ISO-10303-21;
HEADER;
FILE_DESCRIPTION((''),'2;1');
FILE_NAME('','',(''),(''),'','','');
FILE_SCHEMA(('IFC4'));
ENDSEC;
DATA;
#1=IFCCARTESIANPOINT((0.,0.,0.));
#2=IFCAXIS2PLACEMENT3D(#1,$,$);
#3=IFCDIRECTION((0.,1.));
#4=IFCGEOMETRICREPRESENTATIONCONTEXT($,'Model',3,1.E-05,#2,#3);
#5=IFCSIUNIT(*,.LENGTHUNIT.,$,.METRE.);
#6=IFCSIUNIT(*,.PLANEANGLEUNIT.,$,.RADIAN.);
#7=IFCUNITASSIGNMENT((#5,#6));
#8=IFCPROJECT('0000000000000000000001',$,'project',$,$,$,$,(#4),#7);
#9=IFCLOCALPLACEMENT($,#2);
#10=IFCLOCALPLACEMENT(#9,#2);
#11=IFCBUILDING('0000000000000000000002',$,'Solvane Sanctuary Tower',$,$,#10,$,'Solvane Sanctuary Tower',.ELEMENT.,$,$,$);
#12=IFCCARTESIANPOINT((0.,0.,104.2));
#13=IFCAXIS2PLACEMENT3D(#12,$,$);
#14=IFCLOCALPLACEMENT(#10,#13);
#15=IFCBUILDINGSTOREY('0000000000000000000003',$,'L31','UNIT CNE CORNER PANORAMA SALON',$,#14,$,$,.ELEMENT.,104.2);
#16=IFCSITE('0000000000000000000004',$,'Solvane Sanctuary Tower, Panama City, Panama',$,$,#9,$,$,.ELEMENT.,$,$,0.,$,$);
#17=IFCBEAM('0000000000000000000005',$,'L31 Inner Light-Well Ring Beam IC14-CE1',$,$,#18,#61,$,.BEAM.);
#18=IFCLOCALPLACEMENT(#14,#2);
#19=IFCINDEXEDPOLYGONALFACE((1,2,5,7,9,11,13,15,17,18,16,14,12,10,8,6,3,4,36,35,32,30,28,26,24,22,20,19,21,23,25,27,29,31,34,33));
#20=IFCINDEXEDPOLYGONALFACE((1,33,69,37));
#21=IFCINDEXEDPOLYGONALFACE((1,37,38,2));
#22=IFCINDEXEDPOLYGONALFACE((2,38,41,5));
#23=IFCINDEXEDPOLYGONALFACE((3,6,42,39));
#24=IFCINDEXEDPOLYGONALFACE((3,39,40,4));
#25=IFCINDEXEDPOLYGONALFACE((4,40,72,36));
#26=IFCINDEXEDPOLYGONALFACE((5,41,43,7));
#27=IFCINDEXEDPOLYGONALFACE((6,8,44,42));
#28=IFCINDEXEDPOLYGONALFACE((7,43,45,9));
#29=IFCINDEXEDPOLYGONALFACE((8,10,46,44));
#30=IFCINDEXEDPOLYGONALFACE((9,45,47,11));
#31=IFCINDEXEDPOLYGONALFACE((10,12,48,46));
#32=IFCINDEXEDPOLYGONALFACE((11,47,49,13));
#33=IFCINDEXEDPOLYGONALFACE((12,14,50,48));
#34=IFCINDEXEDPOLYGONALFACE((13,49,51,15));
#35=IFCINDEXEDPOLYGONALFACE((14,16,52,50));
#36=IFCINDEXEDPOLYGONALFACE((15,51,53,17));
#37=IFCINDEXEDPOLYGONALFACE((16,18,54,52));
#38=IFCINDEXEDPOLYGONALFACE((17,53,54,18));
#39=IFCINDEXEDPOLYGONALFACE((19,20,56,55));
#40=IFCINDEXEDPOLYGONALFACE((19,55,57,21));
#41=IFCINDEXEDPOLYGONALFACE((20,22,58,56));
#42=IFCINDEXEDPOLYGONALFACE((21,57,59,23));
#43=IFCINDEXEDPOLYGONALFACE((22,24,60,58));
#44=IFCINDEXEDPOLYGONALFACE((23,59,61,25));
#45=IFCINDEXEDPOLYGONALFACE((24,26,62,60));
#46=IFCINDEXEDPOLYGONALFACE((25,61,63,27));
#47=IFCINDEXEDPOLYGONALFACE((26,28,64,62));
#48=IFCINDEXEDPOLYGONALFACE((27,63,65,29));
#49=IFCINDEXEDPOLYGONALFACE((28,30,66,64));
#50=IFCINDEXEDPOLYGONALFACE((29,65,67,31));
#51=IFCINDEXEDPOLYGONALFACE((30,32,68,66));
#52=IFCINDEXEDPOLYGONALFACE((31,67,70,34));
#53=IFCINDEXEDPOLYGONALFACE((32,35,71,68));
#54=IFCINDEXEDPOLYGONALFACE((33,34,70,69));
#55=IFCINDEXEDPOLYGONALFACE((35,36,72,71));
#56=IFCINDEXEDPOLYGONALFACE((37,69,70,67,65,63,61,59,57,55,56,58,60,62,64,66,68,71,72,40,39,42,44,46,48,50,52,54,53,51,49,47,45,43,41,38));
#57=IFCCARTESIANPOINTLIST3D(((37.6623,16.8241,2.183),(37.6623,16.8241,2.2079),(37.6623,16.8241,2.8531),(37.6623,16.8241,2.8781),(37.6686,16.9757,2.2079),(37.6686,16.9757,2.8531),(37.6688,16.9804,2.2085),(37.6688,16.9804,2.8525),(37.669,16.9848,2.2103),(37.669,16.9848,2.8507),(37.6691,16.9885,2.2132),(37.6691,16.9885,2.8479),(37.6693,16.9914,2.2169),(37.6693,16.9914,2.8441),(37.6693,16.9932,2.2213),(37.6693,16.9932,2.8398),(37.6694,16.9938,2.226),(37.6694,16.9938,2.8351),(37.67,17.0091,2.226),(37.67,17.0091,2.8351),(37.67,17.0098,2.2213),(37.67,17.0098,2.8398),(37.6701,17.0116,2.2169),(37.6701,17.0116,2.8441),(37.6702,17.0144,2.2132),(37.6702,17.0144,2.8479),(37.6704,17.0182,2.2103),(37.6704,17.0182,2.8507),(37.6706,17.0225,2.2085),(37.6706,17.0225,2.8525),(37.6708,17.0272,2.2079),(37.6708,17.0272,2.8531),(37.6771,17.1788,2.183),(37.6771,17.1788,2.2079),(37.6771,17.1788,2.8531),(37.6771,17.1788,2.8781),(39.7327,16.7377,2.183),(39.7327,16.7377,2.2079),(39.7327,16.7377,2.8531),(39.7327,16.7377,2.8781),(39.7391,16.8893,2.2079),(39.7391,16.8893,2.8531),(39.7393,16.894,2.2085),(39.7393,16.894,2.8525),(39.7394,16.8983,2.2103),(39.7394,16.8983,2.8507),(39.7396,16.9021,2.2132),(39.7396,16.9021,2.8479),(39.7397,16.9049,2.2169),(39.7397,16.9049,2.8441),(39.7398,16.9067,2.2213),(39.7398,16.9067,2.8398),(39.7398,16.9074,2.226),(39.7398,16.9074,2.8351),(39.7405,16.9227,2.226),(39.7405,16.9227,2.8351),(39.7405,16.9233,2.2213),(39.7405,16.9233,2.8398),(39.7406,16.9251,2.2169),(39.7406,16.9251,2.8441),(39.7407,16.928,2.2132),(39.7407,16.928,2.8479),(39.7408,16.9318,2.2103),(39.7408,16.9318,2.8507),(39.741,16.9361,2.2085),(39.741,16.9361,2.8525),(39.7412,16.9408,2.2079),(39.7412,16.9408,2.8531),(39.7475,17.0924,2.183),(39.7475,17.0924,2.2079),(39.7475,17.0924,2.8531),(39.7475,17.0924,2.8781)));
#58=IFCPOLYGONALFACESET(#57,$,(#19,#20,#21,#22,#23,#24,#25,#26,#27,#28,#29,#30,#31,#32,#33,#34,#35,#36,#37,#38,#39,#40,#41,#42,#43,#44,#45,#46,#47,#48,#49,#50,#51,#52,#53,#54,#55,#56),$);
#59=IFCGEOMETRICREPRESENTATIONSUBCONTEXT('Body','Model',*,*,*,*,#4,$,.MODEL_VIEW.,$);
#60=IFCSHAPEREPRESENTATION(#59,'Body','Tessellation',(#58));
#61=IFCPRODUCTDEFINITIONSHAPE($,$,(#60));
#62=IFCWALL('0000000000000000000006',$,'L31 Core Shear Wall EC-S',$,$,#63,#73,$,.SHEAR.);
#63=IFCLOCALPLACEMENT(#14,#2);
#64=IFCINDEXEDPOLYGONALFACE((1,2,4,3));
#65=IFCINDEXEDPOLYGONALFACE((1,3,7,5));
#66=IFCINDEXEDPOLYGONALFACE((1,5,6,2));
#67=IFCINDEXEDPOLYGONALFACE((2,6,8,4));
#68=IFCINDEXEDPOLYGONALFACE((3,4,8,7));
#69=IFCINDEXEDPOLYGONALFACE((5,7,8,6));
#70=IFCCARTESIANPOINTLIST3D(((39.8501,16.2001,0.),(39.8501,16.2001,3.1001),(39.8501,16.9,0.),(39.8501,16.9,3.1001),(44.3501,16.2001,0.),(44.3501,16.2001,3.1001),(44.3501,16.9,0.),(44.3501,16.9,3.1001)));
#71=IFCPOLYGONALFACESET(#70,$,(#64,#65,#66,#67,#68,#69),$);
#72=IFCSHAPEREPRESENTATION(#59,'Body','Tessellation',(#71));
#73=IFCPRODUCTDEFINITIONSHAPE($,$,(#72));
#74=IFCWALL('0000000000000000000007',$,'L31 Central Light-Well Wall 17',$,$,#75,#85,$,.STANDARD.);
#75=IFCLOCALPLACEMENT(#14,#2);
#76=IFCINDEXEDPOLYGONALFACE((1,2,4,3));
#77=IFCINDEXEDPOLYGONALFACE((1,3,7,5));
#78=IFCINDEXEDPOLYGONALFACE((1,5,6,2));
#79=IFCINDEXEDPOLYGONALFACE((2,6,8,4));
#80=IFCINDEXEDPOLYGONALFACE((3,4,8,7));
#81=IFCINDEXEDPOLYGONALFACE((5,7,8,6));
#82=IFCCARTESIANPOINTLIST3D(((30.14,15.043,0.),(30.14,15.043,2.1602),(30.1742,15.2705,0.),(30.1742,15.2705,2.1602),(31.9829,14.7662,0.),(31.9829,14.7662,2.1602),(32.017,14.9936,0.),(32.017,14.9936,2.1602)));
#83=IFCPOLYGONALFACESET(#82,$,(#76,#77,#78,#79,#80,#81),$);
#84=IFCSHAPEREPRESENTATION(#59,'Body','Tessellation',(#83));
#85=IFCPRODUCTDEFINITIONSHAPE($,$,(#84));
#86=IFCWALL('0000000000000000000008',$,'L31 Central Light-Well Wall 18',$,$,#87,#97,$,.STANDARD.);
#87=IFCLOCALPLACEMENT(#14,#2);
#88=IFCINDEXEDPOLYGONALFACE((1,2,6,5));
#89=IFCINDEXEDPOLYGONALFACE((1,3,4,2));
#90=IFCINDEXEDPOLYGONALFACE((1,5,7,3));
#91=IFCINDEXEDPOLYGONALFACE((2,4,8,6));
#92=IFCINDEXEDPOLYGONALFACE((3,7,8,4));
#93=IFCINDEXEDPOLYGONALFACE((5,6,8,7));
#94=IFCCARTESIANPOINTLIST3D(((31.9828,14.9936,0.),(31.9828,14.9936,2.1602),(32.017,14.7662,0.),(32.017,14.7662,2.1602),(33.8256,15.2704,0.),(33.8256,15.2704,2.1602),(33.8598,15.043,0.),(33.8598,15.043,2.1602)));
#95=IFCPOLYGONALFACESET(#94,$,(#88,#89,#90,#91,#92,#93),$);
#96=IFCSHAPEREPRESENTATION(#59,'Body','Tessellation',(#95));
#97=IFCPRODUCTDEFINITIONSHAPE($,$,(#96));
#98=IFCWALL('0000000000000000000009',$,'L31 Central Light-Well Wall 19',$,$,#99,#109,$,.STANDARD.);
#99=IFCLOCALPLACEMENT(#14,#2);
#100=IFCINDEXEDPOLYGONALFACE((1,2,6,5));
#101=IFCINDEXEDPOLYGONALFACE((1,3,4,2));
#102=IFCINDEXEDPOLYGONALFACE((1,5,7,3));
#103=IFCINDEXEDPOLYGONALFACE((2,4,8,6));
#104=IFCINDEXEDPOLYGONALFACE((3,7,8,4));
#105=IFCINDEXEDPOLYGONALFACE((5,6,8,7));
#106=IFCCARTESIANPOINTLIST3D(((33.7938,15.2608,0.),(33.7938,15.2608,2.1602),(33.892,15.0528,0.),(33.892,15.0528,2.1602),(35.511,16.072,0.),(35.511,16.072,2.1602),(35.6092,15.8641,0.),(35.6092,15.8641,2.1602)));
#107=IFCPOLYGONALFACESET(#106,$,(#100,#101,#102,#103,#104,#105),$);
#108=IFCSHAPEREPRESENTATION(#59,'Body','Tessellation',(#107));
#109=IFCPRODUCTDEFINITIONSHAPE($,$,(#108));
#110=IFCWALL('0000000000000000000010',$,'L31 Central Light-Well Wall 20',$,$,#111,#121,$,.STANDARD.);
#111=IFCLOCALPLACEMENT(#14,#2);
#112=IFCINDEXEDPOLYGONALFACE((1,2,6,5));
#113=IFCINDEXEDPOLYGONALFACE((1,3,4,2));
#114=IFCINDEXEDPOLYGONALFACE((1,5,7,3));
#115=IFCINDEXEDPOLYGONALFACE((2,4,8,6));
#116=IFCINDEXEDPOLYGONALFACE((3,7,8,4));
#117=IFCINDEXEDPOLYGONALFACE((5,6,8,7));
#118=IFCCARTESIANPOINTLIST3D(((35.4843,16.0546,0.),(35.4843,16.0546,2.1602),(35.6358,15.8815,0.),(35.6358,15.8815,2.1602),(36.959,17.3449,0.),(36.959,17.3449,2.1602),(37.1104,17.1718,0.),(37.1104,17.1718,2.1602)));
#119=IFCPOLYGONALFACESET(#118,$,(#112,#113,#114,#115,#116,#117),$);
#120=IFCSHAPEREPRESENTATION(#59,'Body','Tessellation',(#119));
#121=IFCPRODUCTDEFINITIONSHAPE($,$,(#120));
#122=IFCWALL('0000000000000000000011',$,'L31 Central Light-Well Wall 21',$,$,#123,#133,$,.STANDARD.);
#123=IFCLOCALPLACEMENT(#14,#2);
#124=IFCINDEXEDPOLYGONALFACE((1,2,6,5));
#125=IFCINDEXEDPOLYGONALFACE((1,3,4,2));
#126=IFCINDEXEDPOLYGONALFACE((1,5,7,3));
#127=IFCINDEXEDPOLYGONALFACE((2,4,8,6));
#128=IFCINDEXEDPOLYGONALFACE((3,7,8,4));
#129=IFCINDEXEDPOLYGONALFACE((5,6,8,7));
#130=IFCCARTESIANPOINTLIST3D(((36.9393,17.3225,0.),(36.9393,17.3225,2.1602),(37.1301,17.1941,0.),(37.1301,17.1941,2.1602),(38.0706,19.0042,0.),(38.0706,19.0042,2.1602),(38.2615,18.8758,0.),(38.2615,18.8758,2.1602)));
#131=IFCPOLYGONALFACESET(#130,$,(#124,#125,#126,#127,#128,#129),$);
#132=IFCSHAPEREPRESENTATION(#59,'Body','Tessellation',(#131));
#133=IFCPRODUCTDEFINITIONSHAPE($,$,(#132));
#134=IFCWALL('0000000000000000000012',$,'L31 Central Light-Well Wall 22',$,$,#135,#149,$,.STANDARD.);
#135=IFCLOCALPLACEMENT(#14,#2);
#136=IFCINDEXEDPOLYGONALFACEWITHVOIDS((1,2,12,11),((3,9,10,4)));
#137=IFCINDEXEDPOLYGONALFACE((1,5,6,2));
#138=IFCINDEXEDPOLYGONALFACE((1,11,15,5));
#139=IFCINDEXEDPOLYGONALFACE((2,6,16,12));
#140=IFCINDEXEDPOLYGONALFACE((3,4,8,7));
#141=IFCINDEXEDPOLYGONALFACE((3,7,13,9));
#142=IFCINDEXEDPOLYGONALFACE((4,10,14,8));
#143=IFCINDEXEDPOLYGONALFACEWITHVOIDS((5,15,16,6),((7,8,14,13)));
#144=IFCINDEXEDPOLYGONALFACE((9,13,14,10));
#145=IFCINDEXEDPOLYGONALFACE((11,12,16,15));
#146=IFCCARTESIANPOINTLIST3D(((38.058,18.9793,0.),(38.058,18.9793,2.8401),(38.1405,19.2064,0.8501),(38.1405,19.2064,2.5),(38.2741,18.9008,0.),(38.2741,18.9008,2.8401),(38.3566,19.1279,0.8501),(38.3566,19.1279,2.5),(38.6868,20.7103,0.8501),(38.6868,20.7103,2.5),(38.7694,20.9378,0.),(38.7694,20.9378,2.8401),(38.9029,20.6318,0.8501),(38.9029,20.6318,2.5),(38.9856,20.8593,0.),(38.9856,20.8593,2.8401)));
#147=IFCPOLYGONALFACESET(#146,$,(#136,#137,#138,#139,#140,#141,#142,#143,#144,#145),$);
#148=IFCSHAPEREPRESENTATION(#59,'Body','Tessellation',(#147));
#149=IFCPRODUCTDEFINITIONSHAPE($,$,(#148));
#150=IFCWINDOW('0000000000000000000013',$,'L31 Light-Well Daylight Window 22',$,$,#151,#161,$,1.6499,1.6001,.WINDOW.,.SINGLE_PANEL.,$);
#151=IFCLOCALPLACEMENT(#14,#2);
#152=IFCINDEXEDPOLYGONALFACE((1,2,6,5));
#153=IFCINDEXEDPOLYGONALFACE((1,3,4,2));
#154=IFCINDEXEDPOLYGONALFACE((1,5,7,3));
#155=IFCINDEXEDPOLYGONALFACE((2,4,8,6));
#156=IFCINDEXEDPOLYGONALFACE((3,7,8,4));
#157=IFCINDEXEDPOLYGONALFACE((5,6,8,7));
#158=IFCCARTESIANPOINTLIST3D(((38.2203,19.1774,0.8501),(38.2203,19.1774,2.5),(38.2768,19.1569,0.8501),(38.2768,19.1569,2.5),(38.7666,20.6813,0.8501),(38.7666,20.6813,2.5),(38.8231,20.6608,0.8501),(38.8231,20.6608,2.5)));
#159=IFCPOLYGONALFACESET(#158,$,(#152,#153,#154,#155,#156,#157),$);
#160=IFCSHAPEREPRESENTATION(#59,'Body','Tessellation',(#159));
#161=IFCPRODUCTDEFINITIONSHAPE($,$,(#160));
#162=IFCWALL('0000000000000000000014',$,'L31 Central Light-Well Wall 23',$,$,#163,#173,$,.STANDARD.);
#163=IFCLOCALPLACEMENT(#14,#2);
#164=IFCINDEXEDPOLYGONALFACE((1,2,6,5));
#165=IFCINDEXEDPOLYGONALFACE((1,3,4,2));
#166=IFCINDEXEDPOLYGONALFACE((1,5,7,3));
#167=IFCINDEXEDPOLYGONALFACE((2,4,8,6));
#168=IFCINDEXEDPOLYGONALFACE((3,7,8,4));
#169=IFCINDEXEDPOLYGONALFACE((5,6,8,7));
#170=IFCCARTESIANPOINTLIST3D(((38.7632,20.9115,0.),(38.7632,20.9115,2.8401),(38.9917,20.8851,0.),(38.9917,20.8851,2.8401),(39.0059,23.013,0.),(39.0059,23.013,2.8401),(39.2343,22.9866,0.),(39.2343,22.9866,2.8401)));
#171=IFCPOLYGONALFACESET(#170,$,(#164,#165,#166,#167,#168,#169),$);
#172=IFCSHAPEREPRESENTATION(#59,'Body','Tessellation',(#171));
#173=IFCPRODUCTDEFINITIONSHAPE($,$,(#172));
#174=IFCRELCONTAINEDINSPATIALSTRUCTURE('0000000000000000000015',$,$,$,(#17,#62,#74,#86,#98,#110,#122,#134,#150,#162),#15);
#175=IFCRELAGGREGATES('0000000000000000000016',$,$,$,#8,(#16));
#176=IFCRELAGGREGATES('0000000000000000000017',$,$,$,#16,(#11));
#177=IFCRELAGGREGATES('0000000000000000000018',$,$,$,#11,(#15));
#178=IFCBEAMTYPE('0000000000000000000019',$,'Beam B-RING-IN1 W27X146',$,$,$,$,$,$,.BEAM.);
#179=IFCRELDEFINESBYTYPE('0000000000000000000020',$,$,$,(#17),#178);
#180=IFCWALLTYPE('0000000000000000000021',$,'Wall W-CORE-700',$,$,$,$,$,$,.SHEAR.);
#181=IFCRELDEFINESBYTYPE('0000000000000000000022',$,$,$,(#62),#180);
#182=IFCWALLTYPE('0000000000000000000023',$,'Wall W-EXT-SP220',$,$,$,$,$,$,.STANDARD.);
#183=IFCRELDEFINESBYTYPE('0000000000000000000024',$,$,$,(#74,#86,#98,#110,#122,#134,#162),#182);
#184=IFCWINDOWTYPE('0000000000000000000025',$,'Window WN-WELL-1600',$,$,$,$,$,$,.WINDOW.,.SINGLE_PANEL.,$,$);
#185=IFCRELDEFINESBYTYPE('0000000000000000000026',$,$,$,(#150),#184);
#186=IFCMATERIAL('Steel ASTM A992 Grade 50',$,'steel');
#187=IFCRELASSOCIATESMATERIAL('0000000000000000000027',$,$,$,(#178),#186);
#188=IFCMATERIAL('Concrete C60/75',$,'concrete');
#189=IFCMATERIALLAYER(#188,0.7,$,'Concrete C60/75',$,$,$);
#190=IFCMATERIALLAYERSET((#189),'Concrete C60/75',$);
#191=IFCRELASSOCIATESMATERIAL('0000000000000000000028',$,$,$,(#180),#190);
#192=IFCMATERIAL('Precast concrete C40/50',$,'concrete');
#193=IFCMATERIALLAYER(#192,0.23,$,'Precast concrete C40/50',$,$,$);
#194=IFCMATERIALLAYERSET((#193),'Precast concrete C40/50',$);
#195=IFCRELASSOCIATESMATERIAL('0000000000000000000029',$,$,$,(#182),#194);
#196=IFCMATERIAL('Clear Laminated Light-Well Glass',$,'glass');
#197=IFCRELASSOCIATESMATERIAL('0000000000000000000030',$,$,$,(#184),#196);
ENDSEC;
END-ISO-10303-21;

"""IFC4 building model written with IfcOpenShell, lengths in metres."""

from ifc_helpers import new_model, si_unit, direction, frame, frame_2d, origin, origin_2d, place, context, subcontext, project, spatial, rectangle, i_section, extrude, material, layer, layer_set, material_profile, profile_set, type_object, element, fill, save


model = new_model("IFC4")

# Units and contexts
model_context = context("Model", 3, precision=1e-05, world=origin(), true_north=direction((0.0, 1.0)))
body_context = subcontext(model_context, "Body", "Model", "MODEL_VIEW")
ifc_project = project(units=[si_unit("LENGTHUNIT", "METRE"), si_unit("PLANEANGLEUNIT", "RADIAN")], contexts=[model_context])

# Site, building, storey
site_placement = place(None, origin())
site = spatial("IfcSite", under=ifc_project, at=site_placement, Name="Solvane Sanctuary Tower, Panama City, Panama", CompositionType="ELEMENT", RefElevation=0.0)
building_placement = place(site_placement, origin())
building = spatial("IfcBuilding", under=site, at=building_placement, Name="Solvane Sanctuary Tower", LongName="Solvane Sanctuary Tower", CompositionType="ELEMENT")
storey_placement = place(building_placement, frame((0.0, 0.0, 104.2)))
storey = spatial("IfcBuildingStorey", under=building, at=storey_placement, Name="L31", Description="UNIT CNE CORNER PANORAMA SALON", CompositionType="ELEMENT", Elevation=104.2)

# Shared definitions
ifc_material_1 = material(Name="Concrete C60/75", Category="concrete")

# Beam
ifc_material_2 = material(Name="Steel ASTM A992 Grade 50", Category="steel")
ifc_material_profile_1 = material_profile(ifc_material_2, i_section(OverallWidth=0.355, OverallDepth=0.6951, WebThickness=0.0154, FlangeThickness=0.0249, FilletRadius=0.0181, at=origin_2d()), Name="W27X146")
ifc_profile_set_1 = profile_set([ifc_material_profile_1], Name="Steel ASTM A992 Grade 50")
beam_type_1 = type_object("IfcBeamType", Name="Beam B-RING-IN1 W27X146", PredefinedType="BEAM", material=ifc_profile_set_1)
beam_1_placement = place(storey_placement, frame((37.6697, 17.0015, 2.5305), z_axis=(0.99913, -0.041704, 0.0), x_axis=(0.041704, 0.99913, 0.0)))
element("IfcBeam", 1, at=beam_1_placement, inside=storey, type_object=beam_type_1, Name="L31 Inner Light-Well Ring Beam IC14-CE1", PredefinedType="BEAM", context=body_context, shape_type="SweptSolid", body=[
    extrude(i_section(OverallWidth=0.355, OverallDepth=0.6951, WebThickness=0.0154, FlangeThickness=0.0249, FilletRadius=0.0181, at=origin_2d()), origin(), (0.0, 0.0, 1.0), 2.0723),
])

# Walls
ifc_layer_1 = layer(ifc_material_1, 0.7, Name="Concrete C60/75")
ifc_layer_set_1 = layer_set([ifc_layer_1], Name="Concrete C60/75")
wall_type_1 = type_object("IfcWallType", Name="Wall W-CORE-700", PredefinedType="SHEAR", material=ifc_layer_set_1)
wall_1_placement = place(storey_placement, frame((39.8501, 16.55, 0.0), z_axis=(0.0, 0.0, 1.0), x_axis=(1.0, 0.0, 0.0)))
element("IfcWall", 2, at=wall_1_placement, inside=storey, type_object=wall_type_1, Name="L31 Core Shear Wall EC-S", PredefinedType="SHEAR", context=body_context, shape_type="SweptSolid", body=[
    extrude(rectangle(XDim=4.5, YDim=0.7, at=frame_2d((2.25, 0.0))), origin(), (0.0, 0.0, 1.0), 3.1001),
])
ifc_material_3 = material(Name="Precast concrete C40/50", Category="concrete")
ifc_layer_2 = layer(ifc_material_3, 0.23, Name="Precast concrete C40/50")
ifc_layer_set_2 = layer_set([ifc_layer_2], Name="Precast concrete C40/50")
wall_type_2 = type_object("IfcWallType", Name="Wall W-EXT-SP220", PredefinedType="STANDARD", material=ifc_layer_set_2)
for number, where, z_axis, x_axis, name in (
    (3, (30.1572, 15.1567, 0.0), (0.0, 0.0, 1.0), (0.988902, -0.148571, 0.0), "L31 Central Light-Well Wall 17"),
    (4, (32.0, 14.8799, 0.0), (0.0, 0.0, 1.0), (0.988902, 0.148571, 0.0), "L31 Central Light-Well Wall 18"),
):
    element("IfcWall", number, at=place(storey_placement, frame(where, z_axis=z_axis, x_axis=x_axis)), inside=storey, type_object=wall_type_2, Name=name, PredefinedType="STANDARD", context=body_context, shape_type="SweptSolid", body=[
        extrude(rectangle(XDim=1.8635, YDim=0.23, at=frame_2d((0.9316, 0.0))), origin(), (0.0, 0.0, 1.0), 2.1602),
    ])
wall_2_placement = place(storey_placement, frame((33.8428, 15.1567, 0.0), z_axis=(0.0, 0.0, 1.0), x_axis=(0.90418, 0.427152, 0.0)))
element("IfcWall", 5, at=wall_2_placement, inside=storey, type_object=wall_type_2, Name="L31 Central Light-Well Wall 19", PredefinedType="STANDARD", context=body_context, shape_type="SweptSolid", body=[
    extrude(rectangle(XDim=1.8992, YDim=0.23, at=frame_2d((0.9497, 0.0))), origin(), (0.0, 0.0, 1.0), 2.1602),
])
wall_3_placement = place(storey_placement, frame((35.5601, 15.968, 0.0), z_axis=(0.0, 0.0, 1.0), x_axis=(0.752577, 0.658505, 0.0)))
element("IfcWall", 6, at=wall_3_placement, inside=storey, type_object=wall_type_2, Name="L31 Central Light-Well Wall 20", PredefinedType="STANDARD", context=body_context, shape_type="SweptSolid", body=[
    extrude(rectangle(XDim=1.9595, YDim=0.23, at=frame_2d((0.9797, 0.0))), origin(), (0.0, 0.0, 1.0), 2.1602),
])
wall_4_placement = place(storey_placement, frame((37.0347, 17.2583, 0.0), z_axis=(0.0, 0.0, 1.0), x_axis=(0.558198, 0.829708, 0.0)))
element("IfcWall", 7, at=wall_4_placement, inside=storey, type_object=wall_type_2, Name="L31 Central Light-Well Wall 21", PredefinedType="STANDARD", context=body_context, shape_type="SweptSolid", body=[
    extrude(rectangle(XDim=2.0269, YDim=0.23, at=frame_2d((1.0134, 0.0))), origin(), (0.0, 0.0, 1.0), 2.1602),
])

# Wall, opening, window
wall_5_placement = place(storey_placement, frame((38.166, 18.9399, 0.0), z_axis=(0.0, 0.0, 1.0), x_axis=(0.341423, 0.93991, 0.0)))
wall_5 = element("IfcWall", 8, at=wall_5_placement, inside=storey, type_object=wall_type_2, Name="L31 Central Light-Well Wall 22", PredefinedType="STANDARD", context=body_context, shape_type="SweptSolid", body=[
    extrude(rectangle(XDim=2.0837, YDim=0.23, at=frame_2d((1.042, 0.0))), origin(), (0.0, 0.0, 1.0), 2.8401),
])
opening_placement = place(wall_5_placement, frame((0.2417, 0.0, 0.8501)))
opening = element("IfcOpeningElement", 9, at=opening_placement, cuts=wall_5, PredefinedType="OPENING", context=body_context, shape_type="SweptSolid", body=[
    extrude(rectangle(XDim=1.6001, YDim=1.6499, at=frame_2d((0.8, 0.825))), frame((0.0, 0.125, 0.0), z_axis=(0.0, -1.0, 0.0), x_axis=(1.0, 0.0, 0.0)), (0.0, 0.0, 1.0), 0.25),
])
ifc_material_4 = material(Name="Clear Laminated Light-Well Glass", Category="glass")
window_type = type_object("IfcWindowType", Name="Window WN-WELL-1600", PartitioningType="SINGLE_PANEL", PredefinedType="WINDOW", material=ifc_material_4)
window_placement = place(opening_placement, origin())
window = element("IfcWindow", 10, at=window_placement, inside=storey, type_object=window_type, Name="L31 Light-Well Daylight Window 22", OverallHeight=1.6499, OverallWidth=1.6001, PartitioningType="SINGLE_PANEL", PredefinedType="WINDOW", context=body_context, shape_type="SweptSolid", body=[
    extrude(rectangle(XDim=1.6001, YDim=1.6499, at=frame_2d((0.8, 0.825))), frame((0.0, 0.03, 0.0), z_axis=(0.0, -1.0, 0.0), x_axis=(1.0, 0.0, 0.0)), (0.0, 0.0, 1.0), 0.0601),
])
fill(opening, window)

# Wall
wall_6_placement = place(storey_placement, frame((38.8774, 20.8984, 0.0), z_axis=(0.0, 0.0, 1.0), x_axis=(0.114712, 0.993399, 0.0)))
element("IfcWall", 11, at=wall_6_placement, inside=storey, type_object=wall_type_2, Name="L31 Central Light-Well Wall 23", PredefinedType="STANDARD", context=body_context, shape_type="SweptSolid", body=[
    extrude(rectangle(XDim=2.1155, YDim=0.23, at=frame_2d((1.0576, 0.0))), origin(), (0.0, 0.0, 1.0), 2.8401),
])

save(model, "model.ifc")
